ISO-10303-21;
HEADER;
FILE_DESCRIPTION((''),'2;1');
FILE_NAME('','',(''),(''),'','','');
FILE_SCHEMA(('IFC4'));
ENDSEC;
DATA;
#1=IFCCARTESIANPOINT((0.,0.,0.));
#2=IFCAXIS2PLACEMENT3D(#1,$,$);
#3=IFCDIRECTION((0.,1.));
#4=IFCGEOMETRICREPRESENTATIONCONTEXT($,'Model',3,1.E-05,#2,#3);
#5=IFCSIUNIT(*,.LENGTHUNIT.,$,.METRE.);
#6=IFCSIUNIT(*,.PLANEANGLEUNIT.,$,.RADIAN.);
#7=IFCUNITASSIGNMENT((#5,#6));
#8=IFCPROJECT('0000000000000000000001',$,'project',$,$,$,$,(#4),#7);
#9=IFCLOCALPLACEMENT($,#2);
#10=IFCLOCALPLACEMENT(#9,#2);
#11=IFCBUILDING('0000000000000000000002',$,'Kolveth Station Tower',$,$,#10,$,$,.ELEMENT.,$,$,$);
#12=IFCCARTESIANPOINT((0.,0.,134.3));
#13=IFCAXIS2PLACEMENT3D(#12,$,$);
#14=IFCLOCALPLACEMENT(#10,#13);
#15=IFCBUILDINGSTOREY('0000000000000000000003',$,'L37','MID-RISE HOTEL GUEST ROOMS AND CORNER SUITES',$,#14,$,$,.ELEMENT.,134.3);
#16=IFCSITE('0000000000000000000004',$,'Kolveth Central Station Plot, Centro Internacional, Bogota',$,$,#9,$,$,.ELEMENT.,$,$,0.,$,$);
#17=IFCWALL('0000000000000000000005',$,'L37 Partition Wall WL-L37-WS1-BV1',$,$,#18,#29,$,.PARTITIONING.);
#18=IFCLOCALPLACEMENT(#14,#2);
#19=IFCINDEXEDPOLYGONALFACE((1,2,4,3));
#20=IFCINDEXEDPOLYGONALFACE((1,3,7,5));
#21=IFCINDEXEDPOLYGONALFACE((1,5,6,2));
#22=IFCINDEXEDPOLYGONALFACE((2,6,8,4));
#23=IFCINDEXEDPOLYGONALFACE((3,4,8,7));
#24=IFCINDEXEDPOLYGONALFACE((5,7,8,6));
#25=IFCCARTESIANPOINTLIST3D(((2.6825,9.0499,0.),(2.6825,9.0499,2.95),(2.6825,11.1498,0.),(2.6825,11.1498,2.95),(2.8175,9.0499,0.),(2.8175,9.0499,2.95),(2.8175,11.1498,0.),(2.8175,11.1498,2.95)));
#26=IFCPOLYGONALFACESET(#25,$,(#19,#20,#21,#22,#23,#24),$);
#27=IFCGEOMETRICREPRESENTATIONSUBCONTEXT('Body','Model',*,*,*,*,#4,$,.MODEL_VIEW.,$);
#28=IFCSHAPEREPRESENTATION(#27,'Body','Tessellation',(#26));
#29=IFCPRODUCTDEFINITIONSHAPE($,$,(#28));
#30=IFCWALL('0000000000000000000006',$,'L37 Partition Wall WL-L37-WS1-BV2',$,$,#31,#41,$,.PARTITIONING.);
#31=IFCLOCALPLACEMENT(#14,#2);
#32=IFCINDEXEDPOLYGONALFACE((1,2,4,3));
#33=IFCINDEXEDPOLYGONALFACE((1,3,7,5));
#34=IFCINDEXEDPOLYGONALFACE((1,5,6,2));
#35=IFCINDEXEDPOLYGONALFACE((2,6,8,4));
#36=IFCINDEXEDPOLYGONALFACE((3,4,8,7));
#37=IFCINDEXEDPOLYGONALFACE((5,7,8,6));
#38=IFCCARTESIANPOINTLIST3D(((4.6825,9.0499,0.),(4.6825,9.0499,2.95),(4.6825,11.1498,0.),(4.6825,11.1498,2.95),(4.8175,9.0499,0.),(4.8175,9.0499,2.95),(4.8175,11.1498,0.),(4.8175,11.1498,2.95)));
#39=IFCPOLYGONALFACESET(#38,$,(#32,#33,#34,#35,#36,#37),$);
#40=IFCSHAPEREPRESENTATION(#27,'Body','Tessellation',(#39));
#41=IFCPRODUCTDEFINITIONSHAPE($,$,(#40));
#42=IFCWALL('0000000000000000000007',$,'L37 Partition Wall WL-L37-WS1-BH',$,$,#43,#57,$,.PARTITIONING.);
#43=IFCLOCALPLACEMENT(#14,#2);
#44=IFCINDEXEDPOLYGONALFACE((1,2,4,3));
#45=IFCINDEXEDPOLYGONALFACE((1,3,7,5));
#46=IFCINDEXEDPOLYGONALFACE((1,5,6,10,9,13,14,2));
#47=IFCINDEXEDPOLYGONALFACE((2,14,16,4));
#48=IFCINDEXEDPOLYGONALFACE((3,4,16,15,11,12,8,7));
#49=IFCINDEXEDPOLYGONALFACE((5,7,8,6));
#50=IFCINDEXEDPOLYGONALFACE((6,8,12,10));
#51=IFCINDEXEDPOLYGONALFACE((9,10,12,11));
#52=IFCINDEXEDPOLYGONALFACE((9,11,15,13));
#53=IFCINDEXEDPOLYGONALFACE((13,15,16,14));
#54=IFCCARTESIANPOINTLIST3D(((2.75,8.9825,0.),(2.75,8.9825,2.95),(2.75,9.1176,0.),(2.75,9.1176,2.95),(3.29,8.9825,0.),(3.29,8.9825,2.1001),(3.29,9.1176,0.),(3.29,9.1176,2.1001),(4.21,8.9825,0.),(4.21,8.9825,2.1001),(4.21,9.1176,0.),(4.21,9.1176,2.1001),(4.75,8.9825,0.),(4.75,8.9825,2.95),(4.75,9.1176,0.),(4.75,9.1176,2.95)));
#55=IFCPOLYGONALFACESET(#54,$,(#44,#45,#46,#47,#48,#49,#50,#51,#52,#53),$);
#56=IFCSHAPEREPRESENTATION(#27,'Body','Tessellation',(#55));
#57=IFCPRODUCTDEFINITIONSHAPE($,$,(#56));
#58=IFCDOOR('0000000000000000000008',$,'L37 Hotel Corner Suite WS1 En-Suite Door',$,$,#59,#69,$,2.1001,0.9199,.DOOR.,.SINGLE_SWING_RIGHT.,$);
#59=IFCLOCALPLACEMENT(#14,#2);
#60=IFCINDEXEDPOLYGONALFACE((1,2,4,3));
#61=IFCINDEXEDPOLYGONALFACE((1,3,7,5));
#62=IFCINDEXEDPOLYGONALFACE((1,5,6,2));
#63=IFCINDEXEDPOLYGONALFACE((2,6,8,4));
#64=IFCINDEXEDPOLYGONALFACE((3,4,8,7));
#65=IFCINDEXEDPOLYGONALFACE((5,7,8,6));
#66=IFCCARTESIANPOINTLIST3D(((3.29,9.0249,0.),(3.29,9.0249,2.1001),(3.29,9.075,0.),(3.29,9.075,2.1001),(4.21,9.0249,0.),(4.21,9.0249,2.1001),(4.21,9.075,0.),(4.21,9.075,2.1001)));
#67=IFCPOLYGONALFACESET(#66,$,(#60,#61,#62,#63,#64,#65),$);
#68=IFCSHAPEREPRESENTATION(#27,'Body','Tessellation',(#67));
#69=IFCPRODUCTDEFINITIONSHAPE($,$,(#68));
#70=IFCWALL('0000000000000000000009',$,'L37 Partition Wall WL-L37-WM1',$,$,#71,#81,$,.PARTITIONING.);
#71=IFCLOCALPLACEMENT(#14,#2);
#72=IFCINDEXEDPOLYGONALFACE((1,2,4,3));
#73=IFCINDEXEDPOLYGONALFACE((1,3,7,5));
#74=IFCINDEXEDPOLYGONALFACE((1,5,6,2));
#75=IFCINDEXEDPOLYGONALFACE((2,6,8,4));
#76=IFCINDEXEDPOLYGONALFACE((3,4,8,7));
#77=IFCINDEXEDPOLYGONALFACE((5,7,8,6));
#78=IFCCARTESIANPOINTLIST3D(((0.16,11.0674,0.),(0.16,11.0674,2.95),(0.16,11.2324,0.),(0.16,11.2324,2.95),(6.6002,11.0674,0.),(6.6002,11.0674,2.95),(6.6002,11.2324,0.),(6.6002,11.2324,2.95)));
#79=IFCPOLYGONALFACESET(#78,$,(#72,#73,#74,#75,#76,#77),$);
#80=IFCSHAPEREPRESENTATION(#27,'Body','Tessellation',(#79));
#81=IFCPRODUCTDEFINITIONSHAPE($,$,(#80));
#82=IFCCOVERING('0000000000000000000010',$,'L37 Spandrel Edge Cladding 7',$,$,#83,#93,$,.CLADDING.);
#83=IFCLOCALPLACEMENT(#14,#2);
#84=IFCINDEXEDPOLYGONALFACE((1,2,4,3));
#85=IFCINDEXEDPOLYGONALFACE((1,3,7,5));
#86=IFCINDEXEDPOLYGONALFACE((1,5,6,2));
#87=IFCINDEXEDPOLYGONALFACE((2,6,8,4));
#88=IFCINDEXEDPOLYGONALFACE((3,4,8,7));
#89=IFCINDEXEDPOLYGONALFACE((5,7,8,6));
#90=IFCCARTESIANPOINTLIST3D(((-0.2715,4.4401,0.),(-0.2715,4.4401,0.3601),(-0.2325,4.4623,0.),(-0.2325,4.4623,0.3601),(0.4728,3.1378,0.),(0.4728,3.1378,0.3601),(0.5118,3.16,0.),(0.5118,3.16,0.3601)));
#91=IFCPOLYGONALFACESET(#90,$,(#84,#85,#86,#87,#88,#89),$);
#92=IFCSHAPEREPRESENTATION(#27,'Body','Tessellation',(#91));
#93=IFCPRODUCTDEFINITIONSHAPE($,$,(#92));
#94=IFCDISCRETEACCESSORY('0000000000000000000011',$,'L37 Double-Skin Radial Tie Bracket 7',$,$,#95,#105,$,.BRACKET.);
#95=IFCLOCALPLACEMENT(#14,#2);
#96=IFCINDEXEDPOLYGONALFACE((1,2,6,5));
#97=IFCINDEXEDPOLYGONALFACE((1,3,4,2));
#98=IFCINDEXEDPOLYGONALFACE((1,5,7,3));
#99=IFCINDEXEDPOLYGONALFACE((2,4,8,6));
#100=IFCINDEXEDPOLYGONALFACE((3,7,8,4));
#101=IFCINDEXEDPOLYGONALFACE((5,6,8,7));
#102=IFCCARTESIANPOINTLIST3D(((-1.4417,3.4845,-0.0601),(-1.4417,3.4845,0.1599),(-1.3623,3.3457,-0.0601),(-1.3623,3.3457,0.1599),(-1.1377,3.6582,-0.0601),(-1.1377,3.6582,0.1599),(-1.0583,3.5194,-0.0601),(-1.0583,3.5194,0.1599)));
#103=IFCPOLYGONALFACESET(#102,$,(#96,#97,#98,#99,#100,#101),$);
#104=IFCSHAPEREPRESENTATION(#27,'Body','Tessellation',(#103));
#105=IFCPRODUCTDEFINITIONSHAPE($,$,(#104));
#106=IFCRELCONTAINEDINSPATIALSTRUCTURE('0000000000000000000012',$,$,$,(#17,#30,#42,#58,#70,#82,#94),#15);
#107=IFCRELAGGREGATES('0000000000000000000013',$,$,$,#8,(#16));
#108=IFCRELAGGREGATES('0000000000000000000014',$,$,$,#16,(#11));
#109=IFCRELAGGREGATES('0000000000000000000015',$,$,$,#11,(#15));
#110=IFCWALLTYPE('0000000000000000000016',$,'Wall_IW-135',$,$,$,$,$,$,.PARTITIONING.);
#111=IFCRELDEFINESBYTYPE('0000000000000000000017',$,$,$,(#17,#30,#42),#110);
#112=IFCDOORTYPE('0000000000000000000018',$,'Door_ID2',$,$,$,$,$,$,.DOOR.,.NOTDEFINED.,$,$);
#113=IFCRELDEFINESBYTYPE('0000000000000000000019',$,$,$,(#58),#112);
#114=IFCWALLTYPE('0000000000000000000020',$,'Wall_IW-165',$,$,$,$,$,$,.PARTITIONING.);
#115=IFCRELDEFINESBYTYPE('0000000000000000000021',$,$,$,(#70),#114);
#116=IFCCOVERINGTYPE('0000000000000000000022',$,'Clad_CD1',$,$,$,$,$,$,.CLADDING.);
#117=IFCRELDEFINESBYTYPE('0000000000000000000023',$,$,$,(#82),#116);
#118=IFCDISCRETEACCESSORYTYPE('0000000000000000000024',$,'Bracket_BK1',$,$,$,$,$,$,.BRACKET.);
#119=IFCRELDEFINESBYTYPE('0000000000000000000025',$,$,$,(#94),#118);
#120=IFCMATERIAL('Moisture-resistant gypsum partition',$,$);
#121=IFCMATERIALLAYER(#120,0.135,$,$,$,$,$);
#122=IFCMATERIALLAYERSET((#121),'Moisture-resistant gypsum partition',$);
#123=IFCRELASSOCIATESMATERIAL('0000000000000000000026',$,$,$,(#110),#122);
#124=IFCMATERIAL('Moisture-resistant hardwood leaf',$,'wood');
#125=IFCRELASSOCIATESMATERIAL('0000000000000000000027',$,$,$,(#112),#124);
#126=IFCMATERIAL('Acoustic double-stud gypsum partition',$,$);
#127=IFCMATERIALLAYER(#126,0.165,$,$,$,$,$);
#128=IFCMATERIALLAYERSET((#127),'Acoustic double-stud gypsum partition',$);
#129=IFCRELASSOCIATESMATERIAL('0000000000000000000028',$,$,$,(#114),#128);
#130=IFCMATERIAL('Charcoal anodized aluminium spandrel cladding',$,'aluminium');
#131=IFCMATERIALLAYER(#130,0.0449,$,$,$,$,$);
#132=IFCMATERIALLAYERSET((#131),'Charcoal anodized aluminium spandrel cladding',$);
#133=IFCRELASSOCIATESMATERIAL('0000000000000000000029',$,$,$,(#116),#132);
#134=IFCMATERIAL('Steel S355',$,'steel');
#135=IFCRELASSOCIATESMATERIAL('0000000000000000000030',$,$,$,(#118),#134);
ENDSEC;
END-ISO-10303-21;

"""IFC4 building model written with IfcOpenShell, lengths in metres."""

from ifc_helpers import new_model, si_unit, direction, frame, frame_2d, origin, origin_2d, place, context, subcontext, project, spatial, rectangle, extrude, source, transform, mapped, material, layer, layer_set, type_object, element, fill, save


model = new_model("IFC4")

# Units and contexts
model_context = context("Model", 3, precision=1e-05, world=origin(), true_north=direction((0.0, 1.0)))
body_context = subcontext(model_context, "Body", "Model", "MODEL_VIEW")
ifc_project = project(units=[si_unit("LENGTHUNIT", "METRE"), si_unit("PLANEANGLEUNIT", "RADIAN")], contexts=[model_context])

# Site, building, storey
site_placement = place(None, origin())
site = spatial("IfcSite", under=ifc_project, at=site_placement, Name="Kolveth Central Station Plot, Centro Internacional, Bogota", CompositionType="ELEMENT", RefElevation=0.0)
building_placement = place(site_placement, origin())
building = spatial("IfcBuilding", under=site, at=building_placement, Name="Kolveth Station Tower", CompositionType="ELEMENT")
storey_placement = place(building_placement, frame((0.0, 0.0, 134.3)))
storey = spatial("IfcBuildingStorey", under=building, at=storey_placement, Name="L37", Description="MID-RISE HOTEL GUEST ROOMS AND CORNER SUITES", CompositionType="ELEMENT", Elevation=134.3)

# Shared definitions
ifc_material_1 = material(Name="Steel S355", Category="steel")

# Walls
ifc_material_2 = material(Name="Moisture-resistant gypsum partition")
ifc_layer_1 = layer(ifc_material_2, 0.135)
ifc_layer_set_1 = layer_set([ifc_layer_1], Name="Moisture-resistant gypsum partition")
wall_type_1 = type_object("IfcWallType", Name="Wall_IW-135", PredefinedType="PARTITIONING", material=ifc_layer_set_1)
for number, where, z_axis, x_axis, name in (
    (1, (2.75, 9.05, 0.0), (0.0, 0.0, 1.0), (0.0, 1.0, 0.0), "L37 Partition Wall WL-L37-WS1-BV1"),
    (2, (4.75, 9.05, 0.0), (0.0, 0.0, 1.0), (0.0, 1.0, 0.0), "L37 Partition Wall WL-L37-WS1-BV2"),
):
    element("IfcWall", number, at=place(storey_placement, frame(where, z_axis=z_axis, x_axis=x_axis)), inside=storey, type_object=wall_type_1, Name=name, PredefinedType="PARTITIONING", context=body_context, shape_type="SweptSolid", body=[
        extrude(rectangle(XDim=2.0999, YDim=0.135, at=frame_2d((1.0498, 0.0))), origin(), (0.0, 0.0, 1.0), 2.95),
    ])

# Wall, opening, door
wall_1_placement = place(storey_placement, frame((2.75, 9.05, 0.0), z_axis=(0.0, 0.0, 1.0), x_axis=(1.0, 0.0, 0.0)))
wall_1 = element("IfcWall", 3, at=wall_1_placement, inside=storey, type_object=wall_type_1, Name="L37 Partition Wall WL-L37-WS1-BH", PredefinedType="PARTITIONING", context=body_context, shape_type="SweptSolid", body=[
    extrude(rectangle(XDim=2.0, YDim=0.135, at=frame_2d((1.0, 0.0))), origin(), (0.0, 0.0, 1.0), 2.95),
])
opening_placement = place(wall_1_placement, frame((0.54, 0.0, 0.0)))
opening = element("IfcOpeningElement", 4, at=opening_placement, cuts=wall_1, PredefinedType="OPENING", context=body_context, shape_type="SweptSolid", body=[
    extrude(rectangle(XDim=0.9199, YDim=2.1001, at=frame_2d((0.46, 1.05))), frame((0.0, 0.0774, 0.0), z_axis=(0.0, -1.0, 0.0), x_axis=(1.0, 0.0, 0.0)), (0.0, 0.0, 1.0), 0.155),
])
ifc_material_3 = material(Name="Moisture-resistant hardwood leaf", Category="wood")
door_type = type_object("IfcDoorType", Name="Door_ID2", OperationType="NOTDEFINED", PredefinedType="DOOR", material=ifc_material_3)
door_placement = place(opening_placement, origin())
door = element("IfcDoor", 5, at=door_placement, inside=storey, type_object=door_type, Name="L37 Hotel Corner Suite WS1 En-Suite Door", OperationType="SINGLE_SWING_RIGHT", OverallHeight=2.1001, OverallWidth=0.9199, PredefinedType="DOOR", context=body_context, shape_type="SweptSolid", body=[
    extrude(rectangle(XDim=0.9199, YDim=2.1001, at=frame_2d((0.46, 1.05))), frame((0.0, 0.0249, 0.0), z_axis=(0.0, -1.0, 0.0), x_axis=(1.0, 0.0, 0.0)), (0.0, 0.0, 1.0), 0.05),
])
fill(opening, door)

# Wall
ifc_material_4 = material(Name="Acoustic double-stud gypsum partition")
ifc_layer_2 = layer(ifc_material_4, 0.165)
ifc_layer_set_2 = layer_set([ifc_layer_2], Name="Acoustic double-stud gypsum partition")
wall_type_2 = type_object("IfcWallType", Name="Wall_IW-165", PredefinedType="PARTITIONING", material=ifc_layer_set_2)
wall_2_placement = place(storey_placement, frame((0.1599, 11.1499, 0.0), z_axis=(0.0, 0.0, 1.0), x_axis=(1.0, 0.0, 0.0)))
element("IfcWall", 6, at=wall_2_placement, inside=storey, type_object=wall_type_2, Name="L37 Partition Wall WL-L37-WM1", PredefinedType="PARTITIONING", context=body_context, shape_type="SweptSolid", body=[
    extrude(rectangle(XDim=6.4402, YDim=0.165, at=frame_2d((3.2202, 0.0))), origin(), (0.0, 0.0, 1.0), 2.95),
])

# Covering
ifc_material_5 = material(Name="Charcoal anodized aluminium spandrel cladding", Category="aluminium")
ifc_layer_3 = layer(ifc_material_5, 0.0449)
ifc_layer_set_3 = layer_set([ifc_layer_3], Name="Charcoal anodized aluminium spandrel cladding")
covering_type = type_object("IfcCoveringType", Name="Clad_CD1", PredefinedType="CLADDING", material=ifc_layer_set_3)
shared_shape_1 = source(origin(), body_context, "Body", "SweptSolid", [
    extrude(rectangle(XDim=1.5, YDim=0.0449, at=origin_2d()), origin(), (0.0, 0.0, 1.0), 0.3601),
])
covering_placement = place(storey_placement, frame((0.1201, 3.8, 0.0), z_axis=(0.0, 0.0, 1.0), x_axis=(0.496217, -0.868199, 0.0)))
element("IfcCovering", 7, at=covering_placement, inside=storey, type_object=covering_type, Name="L37 Spandrel Edge Cladding 7", PredefinedType="CLADDING", context=body_context, shape_type="MappedRepresentation", body=[
    mapped(shared_shape_1, transform((0.0, 0.0, 0.0), x_axis=(1.0, 0.0, 0.0), y_axis=(0.0, 1.0, 0.0), z_axis=(0.0, 0.0, 1.0), scale=1.0)),
])

# Discrete accessory
discrete_accessory_type = type_object("IfcDiscreteAccessoryType", Name="Bracket_BK1", PredefinedType="BRACKET", material=ifc_material_1)
shared_shape_2 = source(origin(), body_context, "Body", "SweptSolid", [
    extrude(rectangle(XDim=0.3501, YDim=0.1599, at=origin_2d()), origin(), (0.0, 0.0, 1.0), 0.22),
])
discrete_accessory_placement = place(storey_placement, frame((-1.25, 3.502, -0.0601), z_axis=(0.0, 0.0, 1.0), x_axis=(-0.868199, -0.496217, 0.0)))
element("IfcDiscreteAccessory", 8, at=discrete_accessory_placement, inside=storey, type_object=discrete_accessory_type, Name="L37 Double-Skin Radial Tie Bracket 7", PredefinedType="BRACKET", context=body_context, shape_type="MappedRepresentation", body=[
    mapped(shared_shape_2, transform((0.0, 0.0, 0.0), x_axis=(1.0, 0.0, 0.0), y_axis=(0.0, 1.0, 0.0), z_axis=(0.0, 0.0, 1.0), scale=1.0)),
])

save(model, "model.ifc")
